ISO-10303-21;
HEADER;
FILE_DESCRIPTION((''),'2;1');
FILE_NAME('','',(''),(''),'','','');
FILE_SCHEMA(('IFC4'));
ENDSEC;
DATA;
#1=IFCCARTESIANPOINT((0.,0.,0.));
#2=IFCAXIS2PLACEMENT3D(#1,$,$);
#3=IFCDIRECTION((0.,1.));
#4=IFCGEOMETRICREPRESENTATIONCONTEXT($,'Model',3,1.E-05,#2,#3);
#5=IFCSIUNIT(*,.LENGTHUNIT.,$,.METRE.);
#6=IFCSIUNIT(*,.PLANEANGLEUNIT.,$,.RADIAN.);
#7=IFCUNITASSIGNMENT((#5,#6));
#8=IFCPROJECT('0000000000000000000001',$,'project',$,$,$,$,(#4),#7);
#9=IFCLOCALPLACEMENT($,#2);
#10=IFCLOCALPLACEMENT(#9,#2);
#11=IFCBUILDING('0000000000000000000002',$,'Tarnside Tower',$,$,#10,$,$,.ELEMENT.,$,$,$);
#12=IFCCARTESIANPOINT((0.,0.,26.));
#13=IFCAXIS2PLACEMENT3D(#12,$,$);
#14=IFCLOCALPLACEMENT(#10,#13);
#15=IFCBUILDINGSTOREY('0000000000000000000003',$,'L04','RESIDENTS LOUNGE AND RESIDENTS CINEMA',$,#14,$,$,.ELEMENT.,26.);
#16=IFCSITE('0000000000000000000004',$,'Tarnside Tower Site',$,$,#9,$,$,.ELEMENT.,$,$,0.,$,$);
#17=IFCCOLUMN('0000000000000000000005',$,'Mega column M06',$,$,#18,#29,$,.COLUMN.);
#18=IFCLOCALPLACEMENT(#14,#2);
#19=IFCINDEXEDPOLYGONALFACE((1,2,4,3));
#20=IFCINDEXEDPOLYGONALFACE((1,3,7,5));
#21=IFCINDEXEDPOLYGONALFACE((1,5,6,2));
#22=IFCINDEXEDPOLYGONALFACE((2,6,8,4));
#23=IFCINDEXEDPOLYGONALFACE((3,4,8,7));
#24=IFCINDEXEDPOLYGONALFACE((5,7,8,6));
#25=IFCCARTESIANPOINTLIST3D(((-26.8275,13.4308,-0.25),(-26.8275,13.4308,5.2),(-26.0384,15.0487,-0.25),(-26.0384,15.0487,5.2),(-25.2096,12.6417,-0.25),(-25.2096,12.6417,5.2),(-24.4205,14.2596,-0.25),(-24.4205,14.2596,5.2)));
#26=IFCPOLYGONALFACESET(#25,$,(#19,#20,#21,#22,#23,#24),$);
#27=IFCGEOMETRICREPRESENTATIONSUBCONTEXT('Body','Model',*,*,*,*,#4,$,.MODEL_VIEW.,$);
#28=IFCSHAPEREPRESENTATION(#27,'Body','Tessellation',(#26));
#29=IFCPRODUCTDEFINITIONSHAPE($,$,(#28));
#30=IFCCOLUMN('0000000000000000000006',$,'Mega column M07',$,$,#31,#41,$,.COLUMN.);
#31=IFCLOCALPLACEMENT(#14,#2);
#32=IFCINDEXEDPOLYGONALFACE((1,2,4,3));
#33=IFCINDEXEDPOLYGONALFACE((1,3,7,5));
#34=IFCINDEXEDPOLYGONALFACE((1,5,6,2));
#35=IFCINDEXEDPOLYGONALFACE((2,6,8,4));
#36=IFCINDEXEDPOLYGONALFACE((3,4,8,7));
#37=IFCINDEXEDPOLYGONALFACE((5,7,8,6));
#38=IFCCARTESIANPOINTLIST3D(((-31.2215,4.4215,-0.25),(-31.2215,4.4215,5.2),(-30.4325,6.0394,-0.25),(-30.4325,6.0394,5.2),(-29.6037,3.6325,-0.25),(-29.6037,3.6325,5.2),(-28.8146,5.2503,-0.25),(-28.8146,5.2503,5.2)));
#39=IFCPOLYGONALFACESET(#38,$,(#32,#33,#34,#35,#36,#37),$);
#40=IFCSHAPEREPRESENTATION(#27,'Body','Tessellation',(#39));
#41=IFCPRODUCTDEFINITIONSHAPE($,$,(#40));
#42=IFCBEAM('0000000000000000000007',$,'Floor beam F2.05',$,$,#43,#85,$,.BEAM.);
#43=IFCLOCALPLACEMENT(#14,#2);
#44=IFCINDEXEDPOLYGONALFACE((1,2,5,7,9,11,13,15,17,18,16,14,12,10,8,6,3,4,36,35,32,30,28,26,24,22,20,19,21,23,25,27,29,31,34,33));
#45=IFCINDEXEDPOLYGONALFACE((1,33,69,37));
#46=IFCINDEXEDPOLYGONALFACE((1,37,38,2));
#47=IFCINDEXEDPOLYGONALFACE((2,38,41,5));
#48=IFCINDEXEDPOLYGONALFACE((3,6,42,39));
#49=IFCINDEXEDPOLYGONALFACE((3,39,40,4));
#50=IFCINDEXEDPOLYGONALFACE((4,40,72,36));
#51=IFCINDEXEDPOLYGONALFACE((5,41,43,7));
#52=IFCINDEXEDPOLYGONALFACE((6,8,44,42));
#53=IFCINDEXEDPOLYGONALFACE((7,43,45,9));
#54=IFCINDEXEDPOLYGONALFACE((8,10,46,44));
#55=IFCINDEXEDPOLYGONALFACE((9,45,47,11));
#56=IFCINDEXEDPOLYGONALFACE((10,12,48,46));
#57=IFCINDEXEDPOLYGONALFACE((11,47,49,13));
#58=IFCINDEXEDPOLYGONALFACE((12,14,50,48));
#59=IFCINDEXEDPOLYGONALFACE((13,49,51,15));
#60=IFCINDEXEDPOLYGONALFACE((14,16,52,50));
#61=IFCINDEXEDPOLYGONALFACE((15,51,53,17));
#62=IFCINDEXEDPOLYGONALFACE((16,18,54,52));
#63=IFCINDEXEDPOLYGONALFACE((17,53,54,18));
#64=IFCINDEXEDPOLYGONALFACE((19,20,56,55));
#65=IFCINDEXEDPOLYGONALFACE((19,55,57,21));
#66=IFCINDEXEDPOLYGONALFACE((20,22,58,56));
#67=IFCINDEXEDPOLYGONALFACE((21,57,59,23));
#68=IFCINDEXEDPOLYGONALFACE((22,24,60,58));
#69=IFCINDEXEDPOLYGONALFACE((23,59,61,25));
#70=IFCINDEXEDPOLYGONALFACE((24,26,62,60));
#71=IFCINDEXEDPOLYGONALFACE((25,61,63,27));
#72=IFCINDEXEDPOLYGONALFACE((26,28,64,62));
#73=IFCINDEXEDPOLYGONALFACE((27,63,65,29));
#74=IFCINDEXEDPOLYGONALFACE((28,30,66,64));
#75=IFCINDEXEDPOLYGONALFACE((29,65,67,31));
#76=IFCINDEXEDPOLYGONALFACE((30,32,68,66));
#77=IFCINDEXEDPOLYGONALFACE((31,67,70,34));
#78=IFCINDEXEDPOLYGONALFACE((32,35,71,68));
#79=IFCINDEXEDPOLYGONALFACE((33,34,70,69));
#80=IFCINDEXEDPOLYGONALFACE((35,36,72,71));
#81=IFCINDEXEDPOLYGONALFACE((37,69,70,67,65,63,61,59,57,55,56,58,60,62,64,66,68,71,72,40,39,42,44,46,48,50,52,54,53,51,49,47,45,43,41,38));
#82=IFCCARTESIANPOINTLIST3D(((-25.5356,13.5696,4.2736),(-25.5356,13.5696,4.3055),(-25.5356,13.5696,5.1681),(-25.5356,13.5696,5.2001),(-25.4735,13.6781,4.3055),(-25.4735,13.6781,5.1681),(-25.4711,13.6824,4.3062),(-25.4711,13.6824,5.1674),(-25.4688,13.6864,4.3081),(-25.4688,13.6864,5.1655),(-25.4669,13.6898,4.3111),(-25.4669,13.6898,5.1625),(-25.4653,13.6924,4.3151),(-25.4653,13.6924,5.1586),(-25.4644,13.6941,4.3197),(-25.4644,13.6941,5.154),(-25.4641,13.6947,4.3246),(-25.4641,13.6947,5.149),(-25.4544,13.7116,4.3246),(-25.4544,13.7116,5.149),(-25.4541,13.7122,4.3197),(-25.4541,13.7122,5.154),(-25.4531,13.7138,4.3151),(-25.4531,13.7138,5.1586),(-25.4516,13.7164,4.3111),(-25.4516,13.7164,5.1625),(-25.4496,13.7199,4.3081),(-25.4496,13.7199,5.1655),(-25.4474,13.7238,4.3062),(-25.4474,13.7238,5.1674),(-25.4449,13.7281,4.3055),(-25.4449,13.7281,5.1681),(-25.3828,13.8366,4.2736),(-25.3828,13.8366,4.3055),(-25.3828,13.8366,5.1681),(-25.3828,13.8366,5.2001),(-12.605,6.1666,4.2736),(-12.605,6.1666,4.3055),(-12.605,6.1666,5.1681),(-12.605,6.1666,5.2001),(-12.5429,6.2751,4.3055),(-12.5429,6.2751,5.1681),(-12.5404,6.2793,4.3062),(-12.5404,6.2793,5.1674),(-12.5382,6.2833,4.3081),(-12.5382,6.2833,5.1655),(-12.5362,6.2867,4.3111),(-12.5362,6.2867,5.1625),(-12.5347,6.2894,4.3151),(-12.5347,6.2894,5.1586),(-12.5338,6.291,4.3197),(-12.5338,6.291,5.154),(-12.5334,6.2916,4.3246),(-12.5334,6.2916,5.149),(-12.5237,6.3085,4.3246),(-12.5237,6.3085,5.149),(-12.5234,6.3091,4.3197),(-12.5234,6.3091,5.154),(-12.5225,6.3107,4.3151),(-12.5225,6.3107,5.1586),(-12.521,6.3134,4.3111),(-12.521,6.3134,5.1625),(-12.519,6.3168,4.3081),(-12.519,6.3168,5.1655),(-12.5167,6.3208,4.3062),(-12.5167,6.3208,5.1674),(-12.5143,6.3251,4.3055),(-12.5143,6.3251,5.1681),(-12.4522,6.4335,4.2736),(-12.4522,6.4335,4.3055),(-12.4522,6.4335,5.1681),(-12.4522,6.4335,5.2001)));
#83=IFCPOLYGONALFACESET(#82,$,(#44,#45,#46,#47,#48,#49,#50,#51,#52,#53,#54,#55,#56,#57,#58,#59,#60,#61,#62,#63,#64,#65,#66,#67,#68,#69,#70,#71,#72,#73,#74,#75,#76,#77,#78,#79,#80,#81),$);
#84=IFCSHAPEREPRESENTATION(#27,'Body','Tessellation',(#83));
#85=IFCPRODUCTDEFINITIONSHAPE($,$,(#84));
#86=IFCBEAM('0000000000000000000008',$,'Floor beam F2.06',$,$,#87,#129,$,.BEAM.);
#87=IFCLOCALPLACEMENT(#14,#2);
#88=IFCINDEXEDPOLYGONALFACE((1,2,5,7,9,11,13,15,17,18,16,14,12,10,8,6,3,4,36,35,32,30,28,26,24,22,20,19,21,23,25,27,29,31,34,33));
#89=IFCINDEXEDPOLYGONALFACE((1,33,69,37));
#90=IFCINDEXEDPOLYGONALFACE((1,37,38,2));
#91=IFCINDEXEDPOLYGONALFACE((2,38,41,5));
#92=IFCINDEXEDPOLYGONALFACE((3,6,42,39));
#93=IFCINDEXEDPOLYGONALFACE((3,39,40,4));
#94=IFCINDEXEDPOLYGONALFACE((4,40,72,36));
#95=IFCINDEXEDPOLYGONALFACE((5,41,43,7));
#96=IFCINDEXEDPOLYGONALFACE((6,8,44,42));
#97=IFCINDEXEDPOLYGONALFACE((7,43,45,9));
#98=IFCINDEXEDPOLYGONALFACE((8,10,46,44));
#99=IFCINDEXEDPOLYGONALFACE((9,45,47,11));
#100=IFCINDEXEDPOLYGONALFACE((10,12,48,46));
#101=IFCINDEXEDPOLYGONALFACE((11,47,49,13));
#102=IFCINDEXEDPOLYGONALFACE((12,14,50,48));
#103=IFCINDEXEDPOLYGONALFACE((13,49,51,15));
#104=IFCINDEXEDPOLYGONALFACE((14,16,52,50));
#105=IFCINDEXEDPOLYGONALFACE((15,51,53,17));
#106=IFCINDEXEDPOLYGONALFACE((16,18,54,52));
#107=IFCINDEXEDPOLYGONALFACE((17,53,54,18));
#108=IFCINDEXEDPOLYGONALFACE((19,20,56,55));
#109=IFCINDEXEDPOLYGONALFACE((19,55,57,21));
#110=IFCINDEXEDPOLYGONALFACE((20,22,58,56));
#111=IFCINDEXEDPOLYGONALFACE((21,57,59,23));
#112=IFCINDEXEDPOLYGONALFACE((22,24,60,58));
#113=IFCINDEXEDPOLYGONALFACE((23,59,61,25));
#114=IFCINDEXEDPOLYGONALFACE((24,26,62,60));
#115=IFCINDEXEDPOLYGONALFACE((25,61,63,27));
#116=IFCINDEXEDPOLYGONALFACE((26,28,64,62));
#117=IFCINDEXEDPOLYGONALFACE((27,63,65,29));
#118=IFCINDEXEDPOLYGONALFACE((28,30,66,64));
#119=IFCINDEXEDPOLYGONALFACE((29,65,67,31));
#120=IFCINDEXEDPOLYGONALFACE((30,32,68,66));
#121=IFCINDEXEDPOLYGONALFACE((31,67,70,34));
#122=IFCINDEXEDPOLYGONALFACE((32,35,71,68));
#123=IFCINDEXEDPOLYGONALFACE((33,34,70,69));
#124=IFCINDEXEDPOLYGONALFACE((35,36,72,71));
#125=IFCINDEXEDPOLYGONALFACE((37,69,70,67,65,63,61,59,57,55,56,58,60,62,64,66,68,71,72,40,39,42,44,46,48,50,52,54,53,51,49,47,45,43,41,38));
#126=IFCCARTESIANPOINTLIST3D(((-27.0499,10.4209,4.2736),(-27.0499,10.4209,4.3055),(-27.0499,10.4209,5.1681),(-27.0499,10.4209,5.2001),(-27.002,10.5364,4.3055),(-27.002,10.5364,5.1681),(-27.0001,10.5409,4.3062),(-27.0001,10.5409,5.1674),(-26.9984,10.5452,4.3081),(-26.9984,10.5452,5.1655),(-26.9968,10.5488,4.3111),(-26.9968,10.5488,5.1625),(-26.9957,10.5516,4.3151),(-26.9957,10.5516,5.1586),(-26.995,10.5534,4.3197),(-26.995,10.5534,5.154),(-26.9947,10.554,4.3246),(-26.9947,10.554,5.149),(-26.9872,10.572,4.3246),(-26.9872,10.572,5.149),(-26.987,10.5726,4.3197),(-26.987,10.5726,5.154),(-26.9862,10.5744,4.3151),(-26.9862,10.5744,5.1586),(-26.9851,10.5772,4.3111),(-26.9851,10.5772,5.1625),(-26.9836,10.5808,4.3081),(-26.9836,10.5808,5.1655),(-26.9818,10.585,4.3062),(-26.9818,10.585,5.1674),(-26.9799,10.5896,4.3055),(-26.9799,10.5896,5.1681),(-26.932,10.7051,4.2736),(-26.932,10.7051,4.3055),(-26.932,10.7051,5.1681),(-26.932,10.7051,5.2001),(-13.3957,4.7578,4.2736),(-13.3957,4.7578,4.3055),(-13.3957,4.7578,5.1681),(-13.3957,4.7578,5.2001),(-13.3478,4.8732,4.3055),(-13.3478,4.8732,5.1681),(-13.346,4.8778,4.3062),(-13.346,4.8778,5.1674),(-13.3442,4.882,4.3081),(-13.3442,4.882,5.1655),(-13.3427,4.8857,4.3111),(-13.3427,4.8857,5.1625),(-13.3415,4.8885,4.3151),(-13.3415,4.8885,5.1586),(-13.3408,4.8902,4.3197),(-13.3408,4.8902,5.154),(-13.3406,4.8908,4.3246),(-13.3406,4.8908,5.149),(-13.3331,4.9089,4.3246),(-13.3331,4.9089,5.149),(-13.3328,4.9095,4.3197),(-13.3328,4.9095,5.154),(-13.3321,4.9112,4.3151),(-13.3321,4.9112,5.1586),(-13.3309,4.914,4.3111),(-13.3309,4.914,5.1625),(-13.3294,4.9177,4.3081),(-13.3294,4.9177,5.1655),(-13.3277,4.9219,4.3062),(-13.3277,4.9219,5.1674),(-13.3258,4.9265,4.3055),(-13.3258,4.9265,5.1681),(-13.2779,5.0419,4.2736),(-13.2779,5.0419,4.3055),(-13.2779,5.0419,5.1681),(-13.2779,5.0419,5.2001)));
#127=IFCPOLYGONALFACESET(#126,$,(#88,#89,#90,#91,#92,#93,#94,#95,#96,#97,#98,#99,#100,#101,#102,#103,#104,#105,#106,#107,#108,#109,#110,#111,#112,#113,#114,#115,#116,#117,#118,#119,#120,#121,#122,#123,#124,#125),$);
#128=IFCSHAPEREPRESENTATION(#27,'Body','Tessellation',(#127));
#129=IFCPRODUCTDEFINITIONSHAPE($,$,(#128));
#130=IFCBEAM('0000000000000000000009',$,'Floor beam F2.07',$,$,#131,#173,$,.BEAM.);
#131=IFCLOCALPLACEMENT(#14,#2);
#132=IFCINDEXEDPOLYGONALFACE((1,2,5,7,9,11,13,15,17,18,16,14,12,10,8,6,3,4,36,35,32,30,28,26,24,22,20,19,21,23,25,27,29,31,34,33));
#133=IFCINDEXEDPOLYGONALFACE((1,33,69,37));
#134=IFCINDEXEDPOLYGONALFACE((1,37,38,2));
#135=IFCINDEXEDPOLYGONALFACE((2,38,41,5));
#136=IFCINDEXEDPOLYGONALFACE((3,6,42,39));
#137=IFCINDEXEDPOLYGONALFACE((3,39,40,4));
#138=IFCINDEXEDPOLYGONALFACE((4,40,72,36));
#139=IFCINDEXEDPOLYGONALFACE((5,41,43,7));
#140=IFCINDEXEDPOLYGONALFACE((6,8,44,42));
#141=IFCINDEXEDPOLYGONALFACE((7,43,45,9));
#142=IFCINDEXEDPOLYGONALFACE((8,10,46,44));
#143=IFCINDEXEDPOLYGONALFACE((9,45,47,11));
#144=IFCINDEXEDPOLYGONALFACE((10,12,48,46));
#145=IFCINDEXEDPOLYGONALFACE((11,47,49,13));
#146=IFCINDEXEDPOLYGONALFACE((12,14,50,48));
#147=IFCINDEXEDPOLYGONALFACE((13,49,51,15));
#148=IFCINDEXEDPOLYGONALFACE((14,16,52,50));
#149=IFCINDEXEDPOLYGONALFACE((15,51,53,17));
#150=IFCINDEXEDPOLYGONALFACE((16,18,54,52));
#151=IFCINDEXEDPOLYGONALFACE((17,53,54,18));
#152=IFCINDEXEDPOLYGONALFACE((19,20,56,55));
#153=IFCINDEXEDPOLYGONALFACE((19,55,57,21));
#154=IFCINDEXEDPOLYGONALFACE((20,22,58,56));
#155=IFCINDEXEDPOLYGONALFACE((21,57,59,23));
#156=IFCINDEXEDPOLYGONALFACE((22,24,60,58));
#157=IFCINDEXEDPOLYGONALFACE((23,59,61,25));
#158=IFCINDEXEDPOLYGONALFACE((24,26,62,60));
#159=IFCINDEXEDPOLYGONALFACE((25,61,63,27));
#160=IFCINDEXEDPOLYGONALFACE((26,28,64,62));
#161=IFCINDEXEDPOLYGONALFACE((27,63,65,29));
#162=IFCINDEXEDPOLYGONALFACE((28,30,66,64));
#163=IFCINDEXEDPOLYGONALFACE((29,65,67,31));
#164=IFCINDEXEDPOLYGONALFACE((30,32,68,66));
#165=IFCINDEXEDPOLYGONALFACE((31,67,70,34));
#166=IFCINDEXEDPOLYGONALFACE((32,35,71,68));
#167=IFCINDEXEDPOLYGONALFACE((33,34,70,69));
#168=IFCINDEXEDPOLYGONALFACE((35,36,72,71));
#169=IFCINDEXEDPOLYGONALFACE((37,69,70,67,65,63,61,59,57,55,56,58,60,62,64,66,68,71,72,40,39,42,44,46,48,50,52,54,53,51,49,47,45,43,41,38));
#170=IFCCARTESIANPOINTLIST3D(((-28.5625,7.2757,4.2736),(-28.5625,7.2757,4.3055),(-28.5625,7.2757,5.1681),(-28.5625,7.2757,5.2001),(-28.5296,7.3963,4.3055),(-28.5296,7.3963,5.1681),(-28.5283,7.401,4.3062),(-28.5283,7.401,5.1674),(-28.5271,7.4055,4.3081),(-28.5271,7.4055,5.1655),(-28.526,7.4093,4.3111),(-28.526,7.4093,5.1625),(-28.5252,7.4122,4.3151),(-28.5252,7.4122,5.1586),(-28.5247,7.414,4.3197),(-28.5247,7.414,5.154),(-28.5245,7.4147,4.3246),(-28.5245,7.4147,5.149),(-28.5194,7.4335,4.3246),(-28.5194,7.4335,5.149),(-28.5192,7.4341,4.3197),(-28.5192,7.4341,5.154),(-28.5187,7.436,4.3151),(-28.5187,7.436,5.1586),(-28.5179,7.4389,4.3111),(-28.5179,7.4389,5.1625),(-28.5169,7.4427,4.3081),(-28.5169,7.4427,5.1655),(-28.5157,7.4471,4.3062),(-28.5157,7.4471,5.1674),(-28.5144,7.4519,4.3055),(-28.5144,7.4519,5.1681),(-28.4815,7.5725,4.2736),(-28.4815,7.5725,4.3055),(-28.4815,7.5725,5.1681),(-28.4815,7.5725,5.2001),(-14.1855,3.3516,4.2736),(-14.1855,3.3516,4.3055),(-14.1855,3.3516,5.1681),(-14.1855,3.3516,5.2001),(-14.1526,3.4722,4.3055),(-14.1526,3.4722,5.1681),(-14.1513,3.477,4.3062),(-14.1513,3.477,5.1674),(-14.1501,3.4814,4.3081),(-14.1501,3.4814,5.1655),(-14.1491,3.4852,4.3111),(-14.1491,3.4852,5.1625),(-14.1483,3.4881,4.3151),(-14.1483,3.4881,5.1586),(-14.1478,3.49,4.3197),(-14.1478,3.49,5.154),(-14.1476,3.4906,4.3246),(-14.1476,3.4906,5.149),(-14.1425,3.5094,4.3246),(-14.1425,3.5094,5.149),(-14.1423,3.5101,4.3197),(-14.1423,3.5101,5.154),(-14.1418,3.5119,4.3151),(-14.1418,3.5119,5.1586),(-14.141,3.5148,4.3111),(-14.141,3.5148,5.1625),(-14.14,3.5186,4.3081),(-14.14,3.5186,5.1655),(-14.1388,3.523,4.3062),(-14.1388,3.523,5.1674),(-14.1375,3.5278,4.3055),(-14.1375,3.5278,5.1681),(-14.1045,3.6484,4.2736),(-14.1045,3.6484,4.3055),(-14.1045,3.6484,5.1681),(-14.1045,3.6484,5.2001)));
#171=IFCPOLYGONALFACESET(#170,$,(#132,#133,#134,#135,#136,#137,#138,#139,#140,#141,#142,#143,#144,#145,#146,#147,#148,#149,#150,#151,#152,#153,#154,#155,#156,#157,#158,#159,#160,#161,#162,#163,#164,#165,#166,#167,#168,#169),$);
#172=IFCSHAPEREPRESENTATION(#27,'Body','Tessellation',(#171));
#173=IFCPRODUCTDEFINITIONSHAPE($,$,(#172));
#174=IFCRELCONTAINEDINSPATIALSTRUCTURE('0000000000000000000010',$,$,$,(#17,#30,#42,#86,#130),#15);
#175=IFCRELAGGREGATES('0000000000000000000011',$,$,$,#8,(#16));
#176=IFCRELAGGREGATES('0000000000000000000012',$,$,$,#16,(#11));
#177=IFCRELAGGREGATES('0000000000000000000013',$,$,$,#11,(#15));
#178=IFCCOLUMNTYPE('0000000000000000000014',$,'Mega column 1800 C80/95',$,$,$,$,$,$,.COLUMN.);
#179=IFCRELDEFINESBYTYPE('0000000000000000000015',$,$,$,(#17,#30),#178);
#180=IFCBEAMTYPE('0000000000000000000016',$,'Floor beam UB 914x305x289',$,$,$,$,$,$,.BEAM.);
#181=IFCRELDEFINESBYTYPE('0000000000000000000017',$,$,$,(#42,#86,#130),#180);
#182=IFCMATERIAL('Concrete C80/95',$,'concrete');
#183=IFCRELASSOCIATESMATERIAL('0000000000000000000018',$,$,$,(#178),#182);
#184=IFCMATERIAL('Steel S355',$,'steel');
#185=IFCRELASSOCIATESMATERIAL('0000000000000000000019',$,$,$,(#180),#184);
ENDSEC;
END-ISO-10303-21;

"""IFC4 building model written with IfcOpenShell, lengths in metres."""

from ifc_helpers import new_model, si_unit, direction, frame, origin, origin_2d, place, context, subcontext, project, spatial, rectangle, i_section, extrude, material, material_profile, profile_set, type_object, element, save


model = new_model("IFC4")

# Units and contexts
model_context = context("Model", 3, precision=1e-05, world=origin(), true_north=direction((0.0, 1.0)))
body_context = subcontext(model_context, "Body", "Model", "MODEL_VIEW")
ifc_project = project(units=[si_unit("LENGTHUNIT", "METRE"), si_unit("PLANEANGLEUNIT", "RADIAN")], contexts=[model_context])

# Site, building, storey
site_placement = place(None, origin())
site = spatial("IfcSite", under=ifc_project, at=site_placement, Name="Tarnside Tower Site", CompositionType="ELEMENT", RefElevation=0.0)
building_placement = place(site_placement, origin())
building = spatial("IfcBuilding", under=site, at=building_placement, Name="Tarnside Tower", CompositionType="ELEMENT")
storey_placement = place(building_placement, frame((0.0, 0.0, 26.0)))
storey = spatial("IfcBuildingStorey", under=building, at=storey_placement, Name="L04", Description="RESIDENTS LOUNGE AND RESIDENTS CINEMA", CompositionType="ELEMENT", Elevation=26.0)

# Columns
ifc_material_1 = material(Name="Concrete C80/95", Category="concrete")
ifc_material_profile_1 = material_profile(ifc_material_1, rectangle(XDim=1.8, YDim=1.8, at=origin_2d()), Name="Mega column 1800x1800")
ifc_profile_set_1 = profile_set([ifc_material_profile_1], Name="Concrete C80/95")
column_type = type_object("IfcColumnType", Name="Mega column 1800 C80/95", PredefinedType="COLUMN", material=ifc_profile_set_1)
for number, where, z_axis, x_axis, name in (
    (1, (-25.624, 13.8452, -0.25), (0.0, 0.0, 1.0), (0.438371, 0.898794, 0.0), "Mega column M06"),
    (2, (-30.0181, 4.8359, -0.25), (0.0, 0.0, 1.0), (0.438371, 0.898794, 0.0), "Mega column M07"),
):
    element("IfcColumn", number, at=place(storey_placement, frame(where, z_axis=z_axis, x_axis=x_axis)), inside=storey, type_object=column_type, Name=name, PredefinedType="COLUMN", context=body_context, shape_type="SweptSolid", body=[
        extrude(rectangle(XDim=1.8, YDim=1.8, at=origin_2d()), origin(), (0.0, 0.0, 1.0), 5.45),
    ])

# Beams
ifc_material_2 = material(Name="Steel S355", Category="steel")
ifc_material_profile_2 = material_profile(ifc_material_2, i_section(OverallWidth=0.3076, OverallDepth=0.9265, WebThickness=0.0195, FlangeThickness=0.032, FilletRadius=0.019, at=origin_2d()), Name="UB 914x305x289")
ifc_profile_set_2 = profile_set([ifc_material_profile_2], Name="Steel S355")
beam_type_1 = type_object("IfcBeamType", Name="Floor beam UB 914x305x289", PredefinedType="BEAM", material=ifc_profile_set_2)
beam_1_placement = place(storey_placement, frame((-25.4592, 13.7031, 4.7368), z_axis=(0.867834, -0.496853, 0.0), x_axis=(0.496853, 0.867834, 0.0)))
element("IfcBeam", 3, at=beam_1_placement, inside=storey, type_object=beam_type_1, Name="Floor beam F2.05", PredefinedType="BEAM", context=body_context, shape_type="SweptSolid", body=[
    extrude(i_section(OverallWidth=0.3076, OverallDepth=0.9265, WebThickness=0.0195, FlangeThickness=0.032, FilletRadius=0.019, at=origin_2d()), origin(), (0.0, 0.0, 1.0), 14.8999),
])
beam_2_placement = place(storey_placement, frame((-26.991, 10.563, 4.7368), z_axis=(0.923703, -0.38311, 0.0), x_axis=(0.38311, 0.923703, 0.0)))
element("IfcBeam", 4, at=beam_2_placement, inside=storey, type_object=beam_type_1, Name="Floor beam F2.06", PredefinedType="BEAM", context=body_context, shape_type="SweptSolid", body=[
    extrude(i_section(OverallWidth=0.3076, OverallDepth=0.9265, WebThickness=0.0195, FlangeThickness=0.032, FilletRadius=0.019, at=origin_2d()), origin(), (0.0, 0.0, 1.0), 14.782),
])
beam_3_placement = place(storey_placement, frame((-28.522, 7.4241, 4.7368), z_axis=(0.964711, -0.26331, 0.0), x_axis=(0.26331, 0.964711, 0.0)))
element("IfcBeam", 5, at=beam_3_placement, inside=storey, type_object=beam_type_1, Name="Floor beam F2.07", PredefinedType="BEAM", context=body_context, shape_type="SweptSolid", body=[
    extrude(i_section(OverallWidth=0.3076, OverallDepth=0.9265, WebThickness=0.0195, FlangeThickness=0.032, FilletRadius=0.019, at=origin_2d()), origin(), (0.0, 0.0, 1.0), 14.9028),
])

save(model, "model.ifc")
